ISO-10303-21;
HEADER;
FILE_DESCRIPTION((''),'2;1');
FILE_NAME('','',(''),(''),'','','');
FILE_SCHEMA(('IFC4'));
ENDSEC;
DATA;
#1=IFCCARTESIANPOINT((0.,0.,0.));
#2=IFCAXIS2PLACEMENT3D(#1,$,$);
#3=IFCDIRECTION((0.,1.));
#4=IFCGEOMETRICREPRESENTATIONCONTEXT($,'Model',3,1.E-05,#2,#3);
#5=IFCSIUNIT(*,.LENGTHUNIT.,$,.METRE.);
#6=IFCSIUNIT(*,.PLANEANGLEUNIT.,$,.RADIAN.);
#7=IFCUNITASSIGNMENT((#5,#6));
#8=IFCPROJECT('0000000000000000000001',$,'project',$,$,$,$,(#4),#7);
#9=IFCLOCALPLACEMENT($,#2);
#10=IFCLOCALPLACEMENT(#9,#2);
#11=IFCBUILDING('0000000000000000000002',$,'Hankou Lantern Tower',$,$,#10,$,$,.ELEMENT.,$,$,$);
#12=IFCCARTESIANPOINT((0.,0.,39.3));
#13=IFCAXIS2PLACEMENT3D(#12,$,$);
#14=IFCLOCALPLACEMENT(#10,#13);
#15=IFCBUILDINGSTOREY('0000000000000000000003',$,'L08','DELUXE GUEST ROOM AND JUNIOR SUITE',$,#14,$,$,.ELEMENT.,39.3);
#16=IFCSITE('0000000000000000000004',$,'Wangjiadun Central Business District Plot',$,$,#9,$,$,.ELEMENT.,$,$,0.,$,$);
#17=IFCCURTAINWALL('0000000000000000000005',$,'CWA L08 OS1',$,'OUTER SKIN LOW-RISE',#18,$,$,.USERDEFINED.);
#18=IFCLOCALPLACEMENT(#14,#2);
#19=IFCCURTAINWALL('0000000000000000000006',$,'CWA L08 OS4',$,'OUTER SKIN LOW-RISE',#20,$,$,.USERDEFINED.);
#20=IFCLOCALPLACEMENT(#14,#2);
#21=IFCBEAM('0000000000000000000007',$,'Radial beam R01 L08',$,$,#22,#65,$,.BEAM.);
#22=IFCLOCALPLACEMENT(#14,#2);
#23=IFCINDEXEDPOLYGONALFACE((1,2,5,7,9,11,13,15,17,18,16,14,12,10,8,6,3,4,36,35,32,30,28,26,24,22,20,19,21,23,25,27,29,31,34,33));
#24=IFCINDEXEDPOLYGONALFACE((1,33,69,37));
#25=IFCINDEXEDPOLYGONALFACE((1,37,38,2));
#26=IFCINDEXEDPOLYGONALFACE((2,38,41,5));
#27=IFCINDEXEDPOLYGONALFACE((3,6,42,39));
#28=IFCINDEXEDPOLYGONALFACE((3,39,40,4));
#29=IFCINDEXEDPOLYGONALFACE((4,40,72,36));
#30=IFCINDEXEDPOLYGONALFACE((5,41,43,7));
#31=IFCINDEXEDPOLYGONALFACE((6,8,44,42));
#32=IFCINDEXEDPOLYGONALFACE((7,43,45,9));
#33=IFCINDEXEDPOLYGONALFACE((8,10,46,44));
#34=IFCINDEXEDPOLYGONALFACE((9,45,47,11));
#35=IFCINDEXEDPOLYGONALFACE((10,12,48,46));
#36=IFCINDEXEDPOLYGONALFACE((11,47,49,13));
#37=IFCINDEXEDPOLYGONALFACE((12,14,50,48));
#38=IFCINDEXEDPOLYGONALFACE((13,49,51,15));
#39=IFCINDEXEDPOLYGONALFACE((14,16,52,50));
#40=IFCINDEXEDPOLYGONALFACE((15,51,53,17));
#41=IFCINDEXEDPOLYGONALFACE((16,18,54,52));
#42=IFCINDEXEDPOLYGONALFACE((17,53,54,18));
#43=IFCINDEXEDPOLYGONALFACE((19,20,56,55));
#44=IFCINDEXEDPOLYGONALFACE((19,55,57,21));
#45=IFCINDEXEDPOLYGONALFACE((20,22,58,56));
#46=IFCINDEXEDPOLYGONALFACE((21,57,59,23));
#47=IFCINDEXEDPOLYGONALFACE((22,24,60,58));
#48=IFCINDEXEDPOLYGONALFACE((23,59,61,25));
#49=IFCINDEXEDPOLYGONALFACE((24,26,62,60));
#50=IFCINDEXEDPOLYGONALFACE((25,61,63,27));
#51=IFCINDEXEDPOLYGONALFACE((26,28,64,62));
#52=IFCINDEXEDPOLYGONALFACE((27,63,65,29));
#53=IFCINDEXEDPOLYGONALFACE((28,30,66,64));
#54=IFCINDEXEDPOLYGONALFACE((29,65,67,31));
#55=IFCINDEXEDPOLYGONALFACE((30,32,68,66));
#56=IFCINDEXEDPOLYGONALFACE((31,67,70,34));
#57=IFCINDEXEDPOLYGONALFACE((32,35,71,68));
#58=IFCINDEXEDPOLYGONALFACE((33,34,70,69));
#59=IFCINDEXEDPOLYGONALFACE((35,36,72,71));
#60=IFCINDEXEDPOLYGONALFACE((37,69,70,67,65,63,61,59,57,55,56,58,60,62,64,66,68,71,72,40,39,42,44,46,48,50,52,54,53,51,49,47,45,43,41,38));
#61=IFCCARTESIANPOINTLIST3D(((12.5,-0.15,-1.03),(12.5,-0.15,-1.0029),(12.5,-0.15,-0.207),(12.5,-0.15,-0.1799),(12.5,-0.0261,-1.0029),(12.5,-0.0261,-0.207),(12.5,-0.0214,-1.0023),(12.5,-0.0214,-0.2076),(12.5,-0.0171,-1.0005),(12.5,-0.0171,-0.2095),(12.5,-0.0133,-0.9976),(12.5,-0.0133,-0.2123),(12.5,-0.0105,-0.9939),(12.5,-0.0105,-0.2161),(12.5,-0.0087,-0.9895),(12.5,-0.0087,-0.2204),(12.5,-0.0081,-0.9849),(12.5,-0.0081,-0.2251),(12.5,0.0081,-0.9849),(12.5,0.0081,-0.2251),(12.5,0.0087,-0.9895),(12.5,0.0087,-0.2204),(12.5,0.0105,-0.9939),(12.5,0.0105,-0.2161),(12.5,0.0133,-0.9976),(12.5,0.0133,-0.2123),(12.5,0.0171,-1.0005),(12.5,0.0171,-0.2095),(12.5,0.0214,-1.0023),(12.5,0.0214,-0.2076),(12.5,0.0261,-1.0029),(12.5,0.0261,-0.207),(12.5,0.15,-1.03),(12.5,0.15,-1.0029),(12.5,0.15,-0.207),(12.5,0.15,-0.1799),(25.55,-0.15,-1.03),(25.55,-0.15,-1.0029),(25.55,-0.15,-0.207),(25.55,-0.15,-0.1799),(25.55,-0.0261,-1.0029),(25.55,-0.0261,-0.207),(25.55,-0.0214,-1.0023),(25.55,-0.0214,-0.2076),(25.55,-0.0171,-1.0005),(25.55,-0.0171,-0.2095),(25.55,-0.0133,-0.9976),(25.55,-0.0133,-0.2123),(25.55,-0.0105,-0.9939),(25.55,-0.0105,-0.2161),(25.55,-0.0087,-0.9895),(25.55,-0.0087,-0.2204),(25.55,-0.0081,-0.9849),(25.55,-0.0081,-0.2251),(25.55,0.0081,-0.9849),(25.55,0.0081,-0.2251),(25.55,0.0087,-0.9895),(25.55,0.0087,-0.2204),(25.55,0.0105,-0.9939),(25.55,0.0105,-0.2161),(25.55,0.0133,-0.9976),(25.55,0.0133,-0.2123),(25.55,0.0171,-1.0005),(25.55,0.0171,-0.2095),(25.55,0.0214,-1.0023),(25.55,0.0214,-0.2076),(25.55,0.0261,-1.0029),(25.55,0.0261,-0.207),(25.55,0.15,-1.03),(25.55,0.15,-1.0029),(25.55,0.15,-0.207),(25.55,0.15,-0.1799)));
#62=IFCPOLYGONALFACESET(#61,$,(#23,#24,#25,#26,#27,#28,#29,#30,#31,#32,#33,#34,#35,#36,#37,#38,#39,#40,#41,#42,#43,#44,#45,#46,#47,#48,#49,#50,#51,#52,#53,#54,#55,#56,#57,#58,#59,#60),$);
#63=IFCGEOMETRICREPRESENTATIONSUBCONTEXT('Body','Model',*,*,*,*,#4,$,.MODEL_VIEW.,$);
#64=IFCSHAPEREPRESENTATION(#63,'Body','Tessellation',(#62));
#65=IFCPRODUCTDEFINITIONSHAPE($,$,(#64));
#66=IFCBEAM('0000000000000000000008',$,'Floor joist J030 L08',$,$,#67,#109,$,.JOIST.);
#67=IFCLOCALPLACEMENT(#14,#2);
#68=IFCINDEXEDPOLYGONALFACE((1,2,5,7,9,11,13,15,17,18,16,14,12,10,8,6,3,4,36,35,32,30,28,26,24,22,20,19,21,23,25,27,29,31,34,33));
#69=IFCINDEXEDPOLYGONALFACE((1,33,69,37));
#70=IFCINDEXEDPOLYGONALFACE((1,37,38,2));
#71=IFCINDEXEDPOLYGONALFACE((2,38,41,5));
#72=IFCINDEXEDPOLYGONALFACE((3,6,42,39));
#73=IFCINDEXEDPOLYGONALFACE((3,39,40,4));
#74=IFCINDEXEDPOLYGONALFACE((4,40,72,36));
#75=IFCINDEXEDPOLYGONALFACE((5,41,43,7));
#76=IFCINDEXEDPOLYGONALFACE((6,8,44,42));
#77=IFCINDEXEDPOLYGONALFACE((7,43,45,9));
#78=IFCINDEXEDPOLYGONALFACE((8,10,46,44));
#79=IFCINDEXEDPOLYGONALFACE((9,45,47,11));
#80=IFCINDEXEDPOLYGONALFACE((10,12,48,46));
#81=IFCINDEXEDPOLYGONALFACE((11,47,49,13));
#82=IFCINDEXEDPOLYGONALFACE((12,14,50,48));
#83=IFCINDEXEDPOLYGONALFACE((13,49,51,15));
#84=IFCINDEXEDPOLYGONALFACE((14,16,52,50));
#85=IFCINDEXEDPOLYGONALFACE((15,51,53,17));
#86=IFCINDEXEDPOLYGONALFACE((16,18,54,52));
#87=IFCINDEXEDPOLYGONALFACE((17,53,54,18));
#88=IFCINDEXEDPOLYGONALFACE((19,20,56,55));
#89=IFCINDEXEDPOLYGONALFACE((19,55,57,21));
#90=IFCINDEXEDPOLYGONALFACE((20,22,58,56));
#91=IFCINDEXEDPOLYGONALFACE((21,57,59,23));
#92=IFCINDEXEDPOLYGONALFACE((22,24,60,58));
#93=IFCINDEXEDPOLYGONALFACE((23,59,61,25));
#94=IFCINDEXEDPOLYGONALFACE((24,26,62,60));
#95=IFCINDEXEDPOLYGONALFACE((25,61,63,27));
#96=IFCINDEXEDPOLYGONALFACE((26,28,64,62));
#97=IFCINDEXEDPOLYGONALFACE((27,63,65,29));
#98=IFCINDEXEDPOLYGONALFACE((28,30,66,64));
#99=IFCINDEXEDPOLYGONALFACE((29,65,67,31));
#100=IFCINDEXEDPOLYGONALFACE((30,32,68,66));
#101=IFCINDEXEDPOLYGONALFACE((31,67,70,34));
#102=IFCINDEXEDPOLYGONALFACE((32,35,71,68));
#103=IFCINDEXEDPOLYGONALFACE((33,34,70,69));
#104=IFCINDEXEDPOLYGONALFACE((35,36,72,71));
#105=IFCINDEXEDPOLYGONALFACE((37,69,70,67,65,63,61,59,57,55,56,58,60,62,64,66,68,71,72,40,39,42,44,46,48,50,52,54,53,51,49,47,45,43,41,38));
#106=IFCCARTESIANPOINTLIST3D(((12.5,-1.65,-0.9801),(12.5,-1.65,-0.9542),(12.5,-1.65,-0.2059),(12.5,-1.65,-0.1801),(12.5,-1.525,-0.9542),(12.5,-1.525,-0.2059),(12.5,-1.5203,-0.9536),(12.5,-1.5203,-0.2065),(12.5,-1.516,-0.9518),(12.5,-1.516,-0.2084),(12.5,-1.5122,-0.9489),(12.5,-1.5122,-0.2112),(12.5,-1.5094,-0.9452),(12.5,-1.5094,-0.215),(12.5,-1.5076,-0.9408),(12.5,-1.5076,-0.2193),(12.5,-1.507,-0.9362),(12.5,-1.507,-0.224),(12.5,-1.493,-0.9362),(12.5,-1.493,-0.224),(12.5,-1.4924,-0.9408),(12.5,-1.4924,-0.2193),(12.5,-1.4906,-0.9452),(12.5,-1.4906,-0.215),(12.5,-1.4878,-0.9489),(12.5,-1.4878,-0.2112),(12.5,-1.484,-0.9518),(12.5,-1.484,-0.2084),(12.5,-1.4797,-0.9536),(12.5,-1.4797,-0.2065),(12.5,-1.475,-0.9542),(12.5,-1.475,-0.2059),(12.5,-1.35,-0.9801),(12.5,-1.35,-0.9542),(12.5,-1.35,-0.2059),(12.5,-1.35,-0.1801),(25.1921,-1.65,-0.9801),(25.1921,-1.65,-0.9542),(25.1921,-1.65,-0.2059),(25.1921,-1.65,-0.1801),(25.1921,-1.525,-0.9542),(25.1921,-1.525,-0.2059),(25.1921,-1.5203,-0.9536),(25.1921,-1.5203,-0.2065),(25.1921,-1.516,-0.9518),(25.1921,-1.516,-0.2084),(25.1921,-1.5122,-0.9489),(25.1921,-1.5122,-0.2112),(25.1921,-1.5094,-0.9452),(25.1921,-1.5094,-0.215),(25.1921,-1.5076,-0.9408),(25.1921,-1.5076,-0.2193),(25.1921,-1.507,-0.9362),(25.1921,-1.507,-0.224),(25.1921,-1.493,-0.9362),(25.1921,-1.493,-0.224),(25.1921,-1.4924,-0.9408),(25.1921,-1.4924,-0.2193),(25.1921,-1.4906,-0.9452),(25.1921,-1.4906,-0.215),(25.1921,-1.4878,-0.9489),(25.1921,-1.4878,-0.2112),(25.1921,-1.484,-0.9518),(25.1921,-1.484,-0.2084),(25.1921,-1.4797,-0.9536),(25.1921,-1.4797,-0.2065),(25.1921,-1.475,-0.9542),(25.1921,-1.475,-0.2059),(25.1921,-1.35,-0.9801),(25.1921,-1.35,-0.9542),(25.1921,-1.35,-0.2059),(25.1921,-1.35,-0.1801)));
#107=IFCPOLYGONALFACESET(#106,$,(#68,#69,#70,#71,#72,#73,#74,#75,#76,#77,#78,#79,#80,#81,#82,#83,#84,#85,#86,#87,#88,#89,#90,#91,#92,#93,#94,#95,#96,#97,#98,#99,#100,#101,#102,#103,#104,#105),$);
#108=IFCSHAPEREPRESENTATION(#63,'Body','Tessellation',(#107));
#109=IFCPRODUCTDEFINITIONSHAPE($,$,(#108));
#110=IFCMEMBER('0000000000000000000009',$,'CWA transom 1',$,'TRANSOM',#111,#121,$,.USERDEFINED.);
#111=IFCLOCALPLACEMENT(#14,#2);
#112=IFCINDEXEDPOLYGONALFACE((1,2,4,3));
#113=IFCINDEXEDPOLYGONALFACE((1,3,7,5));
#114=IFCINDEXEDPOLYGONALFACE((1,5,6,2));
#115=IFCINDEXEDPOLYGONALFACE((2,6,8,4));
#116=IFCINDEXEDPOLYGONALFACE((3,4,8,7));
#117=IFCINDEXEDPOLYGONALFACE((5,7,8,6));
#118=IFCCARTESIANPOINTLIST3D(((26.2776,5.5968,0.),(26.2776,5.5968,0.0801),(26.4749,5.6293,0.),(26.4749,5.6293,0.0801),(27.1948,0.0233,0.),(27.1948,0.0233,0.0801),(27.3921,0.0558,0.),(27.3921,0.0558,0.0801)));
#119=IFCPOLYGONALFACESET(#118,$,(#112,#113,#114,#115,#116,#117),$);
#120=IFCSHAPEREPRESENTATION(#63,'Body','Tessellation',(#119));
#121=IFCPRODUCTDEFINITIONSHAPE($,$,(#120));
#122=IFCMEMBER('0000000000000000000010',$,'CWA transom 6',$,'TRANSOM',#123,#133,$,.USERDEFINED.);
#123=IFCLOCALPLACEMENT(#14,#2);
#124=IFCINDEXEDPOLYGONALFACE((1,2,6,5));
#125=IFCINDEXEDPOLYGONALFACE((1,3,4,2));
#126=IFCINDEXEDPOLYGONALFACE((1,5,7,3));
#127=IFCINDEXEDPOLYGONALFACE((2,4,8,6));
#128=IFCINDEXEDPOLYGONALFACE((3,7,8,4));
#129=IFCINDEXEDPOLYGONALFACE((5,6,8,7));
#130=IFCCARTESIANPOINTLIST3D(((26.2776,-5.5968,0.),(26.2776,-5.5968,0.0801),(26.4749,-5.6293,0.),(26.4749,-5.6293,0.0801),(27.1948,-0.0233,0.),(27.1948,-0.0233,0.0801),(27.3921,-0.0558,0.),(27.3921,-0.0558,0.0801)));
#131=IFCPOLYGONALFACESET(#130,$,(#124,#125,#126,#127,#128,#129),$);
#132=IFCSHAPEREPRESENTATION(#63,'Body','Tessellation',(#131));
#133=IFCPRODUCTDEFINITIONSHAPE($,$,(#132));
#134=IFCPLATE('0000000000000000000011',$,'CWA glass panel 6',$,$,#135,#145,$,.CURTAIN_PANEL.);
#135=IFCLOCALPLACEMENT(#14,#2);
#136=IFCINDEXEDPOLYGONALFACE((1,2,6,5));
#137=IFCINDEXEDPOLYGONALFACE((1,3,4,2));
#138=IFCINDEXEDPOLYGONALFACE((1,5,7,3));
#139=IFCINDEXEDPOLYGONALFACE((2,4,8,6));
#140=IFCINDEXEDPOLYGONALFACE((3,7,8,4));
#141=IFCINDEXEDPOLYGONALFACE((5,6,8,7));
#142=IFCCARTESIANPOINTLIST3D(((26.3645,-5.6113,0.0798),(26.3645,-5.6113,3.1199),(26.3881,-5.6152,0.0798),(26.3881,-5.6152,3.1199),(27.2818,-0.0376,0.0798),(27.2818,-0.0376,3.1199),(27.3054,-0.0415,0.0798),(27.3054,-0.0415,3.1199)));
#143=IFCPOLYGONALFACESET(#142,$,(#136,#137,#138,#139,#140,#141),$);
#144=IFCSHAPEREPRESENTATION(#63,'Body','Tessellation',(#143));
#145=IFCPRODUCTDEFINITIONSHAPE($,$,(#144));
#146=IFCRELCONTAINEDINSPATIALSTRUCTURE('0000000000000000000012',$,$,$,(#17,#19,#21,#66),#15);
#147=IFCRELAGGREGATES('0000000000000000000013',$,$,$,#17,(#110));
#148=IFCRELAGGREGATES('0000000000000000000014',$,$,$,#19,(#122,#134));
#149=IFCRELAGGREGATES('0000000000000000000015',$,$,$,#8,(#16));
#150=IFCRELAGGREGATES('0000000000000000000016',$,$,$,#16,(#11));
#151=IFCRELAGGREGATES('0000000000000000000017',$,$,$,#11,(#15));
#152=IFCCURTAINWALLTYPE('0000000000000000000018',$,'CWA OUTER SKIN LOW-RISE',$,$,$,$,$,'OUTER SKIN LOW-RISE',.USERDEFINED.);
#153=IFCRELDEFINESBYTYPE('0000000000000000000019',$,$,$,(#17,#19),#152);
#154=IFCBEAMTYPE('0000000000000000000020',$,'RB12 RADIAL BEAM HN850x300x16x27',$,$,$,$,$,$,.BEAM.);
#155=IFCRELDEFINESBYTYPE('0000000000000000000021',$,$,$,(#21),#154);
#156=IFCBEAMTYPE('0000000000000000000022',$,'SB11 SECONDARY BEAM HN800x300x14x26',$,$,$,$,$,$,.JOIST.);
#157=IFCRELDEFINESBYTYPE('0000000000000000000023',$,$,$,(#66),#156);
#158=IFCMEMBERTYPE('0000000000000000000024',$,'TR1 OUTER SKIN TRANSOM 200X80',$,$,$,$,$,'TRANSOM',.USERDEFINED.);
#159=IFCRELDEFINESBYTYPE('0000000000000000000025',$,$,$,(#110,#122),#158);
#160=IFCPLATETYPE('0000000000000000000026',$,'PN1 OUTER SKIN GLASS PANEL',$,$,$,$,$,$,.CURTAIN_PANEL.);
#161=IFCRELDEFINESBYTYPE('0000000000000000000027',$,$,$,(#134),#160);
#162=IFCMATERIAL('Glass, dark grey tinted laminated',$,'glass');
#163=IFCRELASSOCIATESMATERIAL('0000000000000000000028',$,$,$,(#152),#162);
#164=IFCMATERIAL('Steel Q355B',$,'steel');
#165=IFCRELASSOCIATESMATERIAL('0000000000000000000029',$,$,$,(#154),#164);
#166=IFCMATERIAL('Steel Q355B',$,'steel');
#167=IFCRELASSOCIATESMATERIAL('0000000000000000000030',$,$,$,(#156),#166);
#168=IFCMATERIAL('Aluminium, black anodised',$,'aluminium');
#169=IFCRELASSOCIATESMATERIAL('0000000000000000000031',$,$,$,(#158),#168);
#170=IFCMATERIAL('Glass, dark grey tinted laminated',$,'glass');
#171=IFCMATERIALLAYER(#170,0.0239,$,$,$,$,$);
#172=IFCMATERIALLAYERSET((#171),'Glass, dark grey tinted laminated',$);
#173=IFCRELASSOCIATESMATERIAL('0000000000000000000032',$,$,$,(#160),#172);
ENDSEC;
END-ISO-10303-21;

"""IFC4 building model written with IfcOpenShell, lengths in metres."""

from ifc_helpers import new_model, si_unit, direction, frame, origin, origin_2d, place, context, subcontext, project, spatial, rectangle, i_section, extrude, material, layer, layer_set, material_profile, profile_set, type_object, element, aggregate, save


model = new_model("IFC4")

# Units and contexts
model_context = context("Model", 3, precision=1e-05, world=origin(), true_north=direction((0.0, 1.0)))
body_context = subcontext(model_context, "Body", "Model", "MODEL_VIEW")
ifc_project = project(units=[si_unit("LENGTHUNIT", "METRE"), si_unit("PLANEANGLEUNIT", "RADIAN")], contexts=[model_context])

# Site, building, storey
site_placement = place(None, origin())
site = spatial("IfcSite", under=ifc_project, at=site_placement, Name="Wangjiadun Central Business District Plot", CompositionType="ELEMENT", RefElevation=0.0)
building_placement = place(site_placement, origin())
building = spatial("IfcBuilding", under=site, at=building_placement, Name="Hankou Lantern Tower", CompositionType="ELEMENT")
storey_placement = place(building_placement, frame((0.0, 0.0, 39.3)))
storey = spatial("IfcBuildingStorey", under=building, at=storey_placement, Name="L08", Description="DELUXE GUEST ROOM AND JUNIOR SUITE", CompositionType="ELEMENT", Elevation=39.3)

# Curtain walls
ifc_material_1 = material(Name="Glass, dark grey tinted laminated", Category="glass")
curtain_wall_type = type_object("IfcCurtainWallType", Name="CWA OUTER SKIN LOW-RISE", ElementType="OUTER SKIN LOW-RISE", PredefinedType="USERDEFINED", material=ifc_material_1)
curtain_wall_1_placement = place(storey_placement, origin())
curtain_wall_1 = element("IfcCurtainWall", 1, at=curtain_wall_1_placement, inside=storey, type_object=curtain_wall_type, Name="CWA L08 OS1", ObjectType="OUTER SKIN LOW-RISE", PredefinedType="USERDEFINED")
curtain_wall_2_placement = place(storey_placement, origin())
curtain_wall_2 = element("IfcCurtainWall", 2, at=curtain_wall_2_placement, inside=storey, type_object=curtain_wall_type, Name="CWA L08 OS4", ObjectType="OUTER SKIN LOW-RISE", PredefinedType="USERDEFINED")

# Beams
ifc_material_2 = material(Name="Steel Q355B", Category="steel")
ifc_material_profile_1 = material_profile(ifc_material_2, i_section(OverallWidth=0.3, OverallDepth=0.8501, WebThickness=0.0161, FlangeThickness=0.0271, FilletRadius=0.0181, at=origin_2d()), Name="HN850x300x16x27")
ifc_profile_set_1 = profile_set([ifc_material_profile_1], Name="Steel Q355B")
beam_type_1 = type_object("IfcBeamType", Name="RB12 RADIAL BEAM HN850x300x16x27", PredefinedType="BEAM", material=ifc_profile_set_1)
beam_1_placement = place(storey_placement, frame((12.5, 0.0, -0.605), z_axis=(1.0, 0.0, 0.0), x_axis=(0.0, 1.0, 0.0)))
element("IfcBeam", 3, at=beam_1_placement, inside=storey, type_object=beam_type_1, Name="Radial beam R01 L08", PredefinedType="BEAM", context=body_context, shape_type="SweptSolid", body=[
    extrude(i_section(OverallWidth=0.3, OverallDepth=0.8501, WebThickness=0.0161, FlangeThickness=0.0271, FilletRadius=0.0181, at=origin_2d()), origin(), (0.0, 0.0, 1.0), 13.05),
])
ifc_material_3 = material(Name="Steel Q355B", Category="steel")
ifc_material_profile_2 = material_profile(ifc_material_3, i_section(OverallWidth=0.3, OverallDepth=0.8, WebThickness=0.0139, FlangeThickness=0.0259, FilletRadius=0.0181, at=origin_2d()), Name="HN800x300x14x26")
ifc_profile_set_2 = profile_set([ifc_material_profile_2], Name="Steel Q355B")
beam_type_2 = type_object("IfcBeamType", Name="SB11 SECONDARY BEAM HN800x300x14x26", PredefinedType="JOIST", material=ifc_profile_set_2)
beam_2_placement = place(storey_placement, frame((12.5, -1.5, -0.5801), z_axis=(1.0, 0.0, 0.0), x_axis=(0.0, 1.0, 0.0)))
element("IfcBeam", 4, at=beam_2_placement, inside=storey, type_object=beam_type_2, Name="Floor joist J030 L08", PredefinedType="JOIST", context=body_context, shape_type="SweptSolid", body=[
    extrude(i_section(OverallWidth=0.3, OverallDepth=0.8, WebThickness=0.0139, FlangeThickness=0.0259, FilletRadius=0.0181, at=origin_2d()), origin(), (0.0, 0.0, 1.0), 12.6921),
])

# Members
ifc_material_4 = material(Name="Aluminium, black anodised", Category="aluminium")
ifc_material_profile_3 = material_profile(ifc_material_4, rectangle(XDim=0.2, YDim=0.0801, at=origin_2d()), Name="TR1 200X80")
ifc_profile_set_3 = profile_set([ifc_material_profile_3], Name="Aluminium, black anodised")
member_type_1 = type_object("IfcMemberType", Name="TR1 OUTER SKIN TRANSOM 200X80", ElementType="TRANSOM", PredefinedType="USERDEFINED", material=ifc_profile_set_3)
member_1_placement = place(storey_placement, frame((27.2935, 0.0396, 0.04), z_axis=(-0.162387, 0.986727, 0.0), x_axis=(-0.986727, -0.162387, 0.0)))
member_1 = element("IfcMember", 5, at=member_1_placement, type_object=member_type_1, Name="CWA transom 1", ObjectType="TRANSOM", PredefinedType="USERDEFINED", context=body_context, shape_type="SweptSolid", body=[
    extrude(rectangle(XDim=0.2, YDim=0.0801, at=origin_2d()), origin(), (0.0, 0.0, 1.0), 5.6484),
])
aggregate(curtain_wall_1, [member_1])
member_2_placement = place(storey_placement, frame((26.3762, -5.613, 0.04), z_axis=(0.162387, 0.986727, 0.0), x_axis=(-0.986727, 0.162387, 0.0)))
member_2 = element("IfcMember", 6, at=member_2_placement, type_object=member_type_1, Name="CWA transom 6", ObjectType="TRANSOM", PredefinedType="USERDEFINED", context=body_context, shape_type="SweptSolid", body=[
    extrude(rectangle(XDim=0.2, YDim=0.0801, at=origin_2d()), origin(), (0.0, 0.0, 1.0), 5.6484),
])

# Plate
ifc_material_5 = material(Name="Glass, dark grey tinted laminated", Category="glass")
ifc_layer_1 = layer(ifc_material_5, 0.0239)
ifc_layer_set_1 = layer_set([ifc_layer_1], Name="Glass, dark grey tinted laminated")
plate_type = type_object("IfcPlateType", Name="PN1 OUTER SKIN GLASS PANEL", PredefinedType="CURTAIN_PANEL", material=ifc_layer_set_1)
plate_placement = place(storey_placement, frame((26.835, -2.8264, 0.0798), z_axis=(0.0, 0.0, 1.0), x_axis=(0.162382, 0.986728, 0.0)))
plate = element("IfcPlate", 7, at=plate_placement, type_object=plate_type, Name="CWA glass panel 6", PredefinedType="CURTAIN_PANEL", context=body_context, shape_type="SweptSolid", body=[
    extrude(rectangle(XDim=5.6487, YDim=0.0239, at=origin_2d()), origin(), (0.0, 0.0, 1.0), 3.04),
])
aggregate(curtain_wall_2, [member_2, plate])

save(model, "model.ifc")
